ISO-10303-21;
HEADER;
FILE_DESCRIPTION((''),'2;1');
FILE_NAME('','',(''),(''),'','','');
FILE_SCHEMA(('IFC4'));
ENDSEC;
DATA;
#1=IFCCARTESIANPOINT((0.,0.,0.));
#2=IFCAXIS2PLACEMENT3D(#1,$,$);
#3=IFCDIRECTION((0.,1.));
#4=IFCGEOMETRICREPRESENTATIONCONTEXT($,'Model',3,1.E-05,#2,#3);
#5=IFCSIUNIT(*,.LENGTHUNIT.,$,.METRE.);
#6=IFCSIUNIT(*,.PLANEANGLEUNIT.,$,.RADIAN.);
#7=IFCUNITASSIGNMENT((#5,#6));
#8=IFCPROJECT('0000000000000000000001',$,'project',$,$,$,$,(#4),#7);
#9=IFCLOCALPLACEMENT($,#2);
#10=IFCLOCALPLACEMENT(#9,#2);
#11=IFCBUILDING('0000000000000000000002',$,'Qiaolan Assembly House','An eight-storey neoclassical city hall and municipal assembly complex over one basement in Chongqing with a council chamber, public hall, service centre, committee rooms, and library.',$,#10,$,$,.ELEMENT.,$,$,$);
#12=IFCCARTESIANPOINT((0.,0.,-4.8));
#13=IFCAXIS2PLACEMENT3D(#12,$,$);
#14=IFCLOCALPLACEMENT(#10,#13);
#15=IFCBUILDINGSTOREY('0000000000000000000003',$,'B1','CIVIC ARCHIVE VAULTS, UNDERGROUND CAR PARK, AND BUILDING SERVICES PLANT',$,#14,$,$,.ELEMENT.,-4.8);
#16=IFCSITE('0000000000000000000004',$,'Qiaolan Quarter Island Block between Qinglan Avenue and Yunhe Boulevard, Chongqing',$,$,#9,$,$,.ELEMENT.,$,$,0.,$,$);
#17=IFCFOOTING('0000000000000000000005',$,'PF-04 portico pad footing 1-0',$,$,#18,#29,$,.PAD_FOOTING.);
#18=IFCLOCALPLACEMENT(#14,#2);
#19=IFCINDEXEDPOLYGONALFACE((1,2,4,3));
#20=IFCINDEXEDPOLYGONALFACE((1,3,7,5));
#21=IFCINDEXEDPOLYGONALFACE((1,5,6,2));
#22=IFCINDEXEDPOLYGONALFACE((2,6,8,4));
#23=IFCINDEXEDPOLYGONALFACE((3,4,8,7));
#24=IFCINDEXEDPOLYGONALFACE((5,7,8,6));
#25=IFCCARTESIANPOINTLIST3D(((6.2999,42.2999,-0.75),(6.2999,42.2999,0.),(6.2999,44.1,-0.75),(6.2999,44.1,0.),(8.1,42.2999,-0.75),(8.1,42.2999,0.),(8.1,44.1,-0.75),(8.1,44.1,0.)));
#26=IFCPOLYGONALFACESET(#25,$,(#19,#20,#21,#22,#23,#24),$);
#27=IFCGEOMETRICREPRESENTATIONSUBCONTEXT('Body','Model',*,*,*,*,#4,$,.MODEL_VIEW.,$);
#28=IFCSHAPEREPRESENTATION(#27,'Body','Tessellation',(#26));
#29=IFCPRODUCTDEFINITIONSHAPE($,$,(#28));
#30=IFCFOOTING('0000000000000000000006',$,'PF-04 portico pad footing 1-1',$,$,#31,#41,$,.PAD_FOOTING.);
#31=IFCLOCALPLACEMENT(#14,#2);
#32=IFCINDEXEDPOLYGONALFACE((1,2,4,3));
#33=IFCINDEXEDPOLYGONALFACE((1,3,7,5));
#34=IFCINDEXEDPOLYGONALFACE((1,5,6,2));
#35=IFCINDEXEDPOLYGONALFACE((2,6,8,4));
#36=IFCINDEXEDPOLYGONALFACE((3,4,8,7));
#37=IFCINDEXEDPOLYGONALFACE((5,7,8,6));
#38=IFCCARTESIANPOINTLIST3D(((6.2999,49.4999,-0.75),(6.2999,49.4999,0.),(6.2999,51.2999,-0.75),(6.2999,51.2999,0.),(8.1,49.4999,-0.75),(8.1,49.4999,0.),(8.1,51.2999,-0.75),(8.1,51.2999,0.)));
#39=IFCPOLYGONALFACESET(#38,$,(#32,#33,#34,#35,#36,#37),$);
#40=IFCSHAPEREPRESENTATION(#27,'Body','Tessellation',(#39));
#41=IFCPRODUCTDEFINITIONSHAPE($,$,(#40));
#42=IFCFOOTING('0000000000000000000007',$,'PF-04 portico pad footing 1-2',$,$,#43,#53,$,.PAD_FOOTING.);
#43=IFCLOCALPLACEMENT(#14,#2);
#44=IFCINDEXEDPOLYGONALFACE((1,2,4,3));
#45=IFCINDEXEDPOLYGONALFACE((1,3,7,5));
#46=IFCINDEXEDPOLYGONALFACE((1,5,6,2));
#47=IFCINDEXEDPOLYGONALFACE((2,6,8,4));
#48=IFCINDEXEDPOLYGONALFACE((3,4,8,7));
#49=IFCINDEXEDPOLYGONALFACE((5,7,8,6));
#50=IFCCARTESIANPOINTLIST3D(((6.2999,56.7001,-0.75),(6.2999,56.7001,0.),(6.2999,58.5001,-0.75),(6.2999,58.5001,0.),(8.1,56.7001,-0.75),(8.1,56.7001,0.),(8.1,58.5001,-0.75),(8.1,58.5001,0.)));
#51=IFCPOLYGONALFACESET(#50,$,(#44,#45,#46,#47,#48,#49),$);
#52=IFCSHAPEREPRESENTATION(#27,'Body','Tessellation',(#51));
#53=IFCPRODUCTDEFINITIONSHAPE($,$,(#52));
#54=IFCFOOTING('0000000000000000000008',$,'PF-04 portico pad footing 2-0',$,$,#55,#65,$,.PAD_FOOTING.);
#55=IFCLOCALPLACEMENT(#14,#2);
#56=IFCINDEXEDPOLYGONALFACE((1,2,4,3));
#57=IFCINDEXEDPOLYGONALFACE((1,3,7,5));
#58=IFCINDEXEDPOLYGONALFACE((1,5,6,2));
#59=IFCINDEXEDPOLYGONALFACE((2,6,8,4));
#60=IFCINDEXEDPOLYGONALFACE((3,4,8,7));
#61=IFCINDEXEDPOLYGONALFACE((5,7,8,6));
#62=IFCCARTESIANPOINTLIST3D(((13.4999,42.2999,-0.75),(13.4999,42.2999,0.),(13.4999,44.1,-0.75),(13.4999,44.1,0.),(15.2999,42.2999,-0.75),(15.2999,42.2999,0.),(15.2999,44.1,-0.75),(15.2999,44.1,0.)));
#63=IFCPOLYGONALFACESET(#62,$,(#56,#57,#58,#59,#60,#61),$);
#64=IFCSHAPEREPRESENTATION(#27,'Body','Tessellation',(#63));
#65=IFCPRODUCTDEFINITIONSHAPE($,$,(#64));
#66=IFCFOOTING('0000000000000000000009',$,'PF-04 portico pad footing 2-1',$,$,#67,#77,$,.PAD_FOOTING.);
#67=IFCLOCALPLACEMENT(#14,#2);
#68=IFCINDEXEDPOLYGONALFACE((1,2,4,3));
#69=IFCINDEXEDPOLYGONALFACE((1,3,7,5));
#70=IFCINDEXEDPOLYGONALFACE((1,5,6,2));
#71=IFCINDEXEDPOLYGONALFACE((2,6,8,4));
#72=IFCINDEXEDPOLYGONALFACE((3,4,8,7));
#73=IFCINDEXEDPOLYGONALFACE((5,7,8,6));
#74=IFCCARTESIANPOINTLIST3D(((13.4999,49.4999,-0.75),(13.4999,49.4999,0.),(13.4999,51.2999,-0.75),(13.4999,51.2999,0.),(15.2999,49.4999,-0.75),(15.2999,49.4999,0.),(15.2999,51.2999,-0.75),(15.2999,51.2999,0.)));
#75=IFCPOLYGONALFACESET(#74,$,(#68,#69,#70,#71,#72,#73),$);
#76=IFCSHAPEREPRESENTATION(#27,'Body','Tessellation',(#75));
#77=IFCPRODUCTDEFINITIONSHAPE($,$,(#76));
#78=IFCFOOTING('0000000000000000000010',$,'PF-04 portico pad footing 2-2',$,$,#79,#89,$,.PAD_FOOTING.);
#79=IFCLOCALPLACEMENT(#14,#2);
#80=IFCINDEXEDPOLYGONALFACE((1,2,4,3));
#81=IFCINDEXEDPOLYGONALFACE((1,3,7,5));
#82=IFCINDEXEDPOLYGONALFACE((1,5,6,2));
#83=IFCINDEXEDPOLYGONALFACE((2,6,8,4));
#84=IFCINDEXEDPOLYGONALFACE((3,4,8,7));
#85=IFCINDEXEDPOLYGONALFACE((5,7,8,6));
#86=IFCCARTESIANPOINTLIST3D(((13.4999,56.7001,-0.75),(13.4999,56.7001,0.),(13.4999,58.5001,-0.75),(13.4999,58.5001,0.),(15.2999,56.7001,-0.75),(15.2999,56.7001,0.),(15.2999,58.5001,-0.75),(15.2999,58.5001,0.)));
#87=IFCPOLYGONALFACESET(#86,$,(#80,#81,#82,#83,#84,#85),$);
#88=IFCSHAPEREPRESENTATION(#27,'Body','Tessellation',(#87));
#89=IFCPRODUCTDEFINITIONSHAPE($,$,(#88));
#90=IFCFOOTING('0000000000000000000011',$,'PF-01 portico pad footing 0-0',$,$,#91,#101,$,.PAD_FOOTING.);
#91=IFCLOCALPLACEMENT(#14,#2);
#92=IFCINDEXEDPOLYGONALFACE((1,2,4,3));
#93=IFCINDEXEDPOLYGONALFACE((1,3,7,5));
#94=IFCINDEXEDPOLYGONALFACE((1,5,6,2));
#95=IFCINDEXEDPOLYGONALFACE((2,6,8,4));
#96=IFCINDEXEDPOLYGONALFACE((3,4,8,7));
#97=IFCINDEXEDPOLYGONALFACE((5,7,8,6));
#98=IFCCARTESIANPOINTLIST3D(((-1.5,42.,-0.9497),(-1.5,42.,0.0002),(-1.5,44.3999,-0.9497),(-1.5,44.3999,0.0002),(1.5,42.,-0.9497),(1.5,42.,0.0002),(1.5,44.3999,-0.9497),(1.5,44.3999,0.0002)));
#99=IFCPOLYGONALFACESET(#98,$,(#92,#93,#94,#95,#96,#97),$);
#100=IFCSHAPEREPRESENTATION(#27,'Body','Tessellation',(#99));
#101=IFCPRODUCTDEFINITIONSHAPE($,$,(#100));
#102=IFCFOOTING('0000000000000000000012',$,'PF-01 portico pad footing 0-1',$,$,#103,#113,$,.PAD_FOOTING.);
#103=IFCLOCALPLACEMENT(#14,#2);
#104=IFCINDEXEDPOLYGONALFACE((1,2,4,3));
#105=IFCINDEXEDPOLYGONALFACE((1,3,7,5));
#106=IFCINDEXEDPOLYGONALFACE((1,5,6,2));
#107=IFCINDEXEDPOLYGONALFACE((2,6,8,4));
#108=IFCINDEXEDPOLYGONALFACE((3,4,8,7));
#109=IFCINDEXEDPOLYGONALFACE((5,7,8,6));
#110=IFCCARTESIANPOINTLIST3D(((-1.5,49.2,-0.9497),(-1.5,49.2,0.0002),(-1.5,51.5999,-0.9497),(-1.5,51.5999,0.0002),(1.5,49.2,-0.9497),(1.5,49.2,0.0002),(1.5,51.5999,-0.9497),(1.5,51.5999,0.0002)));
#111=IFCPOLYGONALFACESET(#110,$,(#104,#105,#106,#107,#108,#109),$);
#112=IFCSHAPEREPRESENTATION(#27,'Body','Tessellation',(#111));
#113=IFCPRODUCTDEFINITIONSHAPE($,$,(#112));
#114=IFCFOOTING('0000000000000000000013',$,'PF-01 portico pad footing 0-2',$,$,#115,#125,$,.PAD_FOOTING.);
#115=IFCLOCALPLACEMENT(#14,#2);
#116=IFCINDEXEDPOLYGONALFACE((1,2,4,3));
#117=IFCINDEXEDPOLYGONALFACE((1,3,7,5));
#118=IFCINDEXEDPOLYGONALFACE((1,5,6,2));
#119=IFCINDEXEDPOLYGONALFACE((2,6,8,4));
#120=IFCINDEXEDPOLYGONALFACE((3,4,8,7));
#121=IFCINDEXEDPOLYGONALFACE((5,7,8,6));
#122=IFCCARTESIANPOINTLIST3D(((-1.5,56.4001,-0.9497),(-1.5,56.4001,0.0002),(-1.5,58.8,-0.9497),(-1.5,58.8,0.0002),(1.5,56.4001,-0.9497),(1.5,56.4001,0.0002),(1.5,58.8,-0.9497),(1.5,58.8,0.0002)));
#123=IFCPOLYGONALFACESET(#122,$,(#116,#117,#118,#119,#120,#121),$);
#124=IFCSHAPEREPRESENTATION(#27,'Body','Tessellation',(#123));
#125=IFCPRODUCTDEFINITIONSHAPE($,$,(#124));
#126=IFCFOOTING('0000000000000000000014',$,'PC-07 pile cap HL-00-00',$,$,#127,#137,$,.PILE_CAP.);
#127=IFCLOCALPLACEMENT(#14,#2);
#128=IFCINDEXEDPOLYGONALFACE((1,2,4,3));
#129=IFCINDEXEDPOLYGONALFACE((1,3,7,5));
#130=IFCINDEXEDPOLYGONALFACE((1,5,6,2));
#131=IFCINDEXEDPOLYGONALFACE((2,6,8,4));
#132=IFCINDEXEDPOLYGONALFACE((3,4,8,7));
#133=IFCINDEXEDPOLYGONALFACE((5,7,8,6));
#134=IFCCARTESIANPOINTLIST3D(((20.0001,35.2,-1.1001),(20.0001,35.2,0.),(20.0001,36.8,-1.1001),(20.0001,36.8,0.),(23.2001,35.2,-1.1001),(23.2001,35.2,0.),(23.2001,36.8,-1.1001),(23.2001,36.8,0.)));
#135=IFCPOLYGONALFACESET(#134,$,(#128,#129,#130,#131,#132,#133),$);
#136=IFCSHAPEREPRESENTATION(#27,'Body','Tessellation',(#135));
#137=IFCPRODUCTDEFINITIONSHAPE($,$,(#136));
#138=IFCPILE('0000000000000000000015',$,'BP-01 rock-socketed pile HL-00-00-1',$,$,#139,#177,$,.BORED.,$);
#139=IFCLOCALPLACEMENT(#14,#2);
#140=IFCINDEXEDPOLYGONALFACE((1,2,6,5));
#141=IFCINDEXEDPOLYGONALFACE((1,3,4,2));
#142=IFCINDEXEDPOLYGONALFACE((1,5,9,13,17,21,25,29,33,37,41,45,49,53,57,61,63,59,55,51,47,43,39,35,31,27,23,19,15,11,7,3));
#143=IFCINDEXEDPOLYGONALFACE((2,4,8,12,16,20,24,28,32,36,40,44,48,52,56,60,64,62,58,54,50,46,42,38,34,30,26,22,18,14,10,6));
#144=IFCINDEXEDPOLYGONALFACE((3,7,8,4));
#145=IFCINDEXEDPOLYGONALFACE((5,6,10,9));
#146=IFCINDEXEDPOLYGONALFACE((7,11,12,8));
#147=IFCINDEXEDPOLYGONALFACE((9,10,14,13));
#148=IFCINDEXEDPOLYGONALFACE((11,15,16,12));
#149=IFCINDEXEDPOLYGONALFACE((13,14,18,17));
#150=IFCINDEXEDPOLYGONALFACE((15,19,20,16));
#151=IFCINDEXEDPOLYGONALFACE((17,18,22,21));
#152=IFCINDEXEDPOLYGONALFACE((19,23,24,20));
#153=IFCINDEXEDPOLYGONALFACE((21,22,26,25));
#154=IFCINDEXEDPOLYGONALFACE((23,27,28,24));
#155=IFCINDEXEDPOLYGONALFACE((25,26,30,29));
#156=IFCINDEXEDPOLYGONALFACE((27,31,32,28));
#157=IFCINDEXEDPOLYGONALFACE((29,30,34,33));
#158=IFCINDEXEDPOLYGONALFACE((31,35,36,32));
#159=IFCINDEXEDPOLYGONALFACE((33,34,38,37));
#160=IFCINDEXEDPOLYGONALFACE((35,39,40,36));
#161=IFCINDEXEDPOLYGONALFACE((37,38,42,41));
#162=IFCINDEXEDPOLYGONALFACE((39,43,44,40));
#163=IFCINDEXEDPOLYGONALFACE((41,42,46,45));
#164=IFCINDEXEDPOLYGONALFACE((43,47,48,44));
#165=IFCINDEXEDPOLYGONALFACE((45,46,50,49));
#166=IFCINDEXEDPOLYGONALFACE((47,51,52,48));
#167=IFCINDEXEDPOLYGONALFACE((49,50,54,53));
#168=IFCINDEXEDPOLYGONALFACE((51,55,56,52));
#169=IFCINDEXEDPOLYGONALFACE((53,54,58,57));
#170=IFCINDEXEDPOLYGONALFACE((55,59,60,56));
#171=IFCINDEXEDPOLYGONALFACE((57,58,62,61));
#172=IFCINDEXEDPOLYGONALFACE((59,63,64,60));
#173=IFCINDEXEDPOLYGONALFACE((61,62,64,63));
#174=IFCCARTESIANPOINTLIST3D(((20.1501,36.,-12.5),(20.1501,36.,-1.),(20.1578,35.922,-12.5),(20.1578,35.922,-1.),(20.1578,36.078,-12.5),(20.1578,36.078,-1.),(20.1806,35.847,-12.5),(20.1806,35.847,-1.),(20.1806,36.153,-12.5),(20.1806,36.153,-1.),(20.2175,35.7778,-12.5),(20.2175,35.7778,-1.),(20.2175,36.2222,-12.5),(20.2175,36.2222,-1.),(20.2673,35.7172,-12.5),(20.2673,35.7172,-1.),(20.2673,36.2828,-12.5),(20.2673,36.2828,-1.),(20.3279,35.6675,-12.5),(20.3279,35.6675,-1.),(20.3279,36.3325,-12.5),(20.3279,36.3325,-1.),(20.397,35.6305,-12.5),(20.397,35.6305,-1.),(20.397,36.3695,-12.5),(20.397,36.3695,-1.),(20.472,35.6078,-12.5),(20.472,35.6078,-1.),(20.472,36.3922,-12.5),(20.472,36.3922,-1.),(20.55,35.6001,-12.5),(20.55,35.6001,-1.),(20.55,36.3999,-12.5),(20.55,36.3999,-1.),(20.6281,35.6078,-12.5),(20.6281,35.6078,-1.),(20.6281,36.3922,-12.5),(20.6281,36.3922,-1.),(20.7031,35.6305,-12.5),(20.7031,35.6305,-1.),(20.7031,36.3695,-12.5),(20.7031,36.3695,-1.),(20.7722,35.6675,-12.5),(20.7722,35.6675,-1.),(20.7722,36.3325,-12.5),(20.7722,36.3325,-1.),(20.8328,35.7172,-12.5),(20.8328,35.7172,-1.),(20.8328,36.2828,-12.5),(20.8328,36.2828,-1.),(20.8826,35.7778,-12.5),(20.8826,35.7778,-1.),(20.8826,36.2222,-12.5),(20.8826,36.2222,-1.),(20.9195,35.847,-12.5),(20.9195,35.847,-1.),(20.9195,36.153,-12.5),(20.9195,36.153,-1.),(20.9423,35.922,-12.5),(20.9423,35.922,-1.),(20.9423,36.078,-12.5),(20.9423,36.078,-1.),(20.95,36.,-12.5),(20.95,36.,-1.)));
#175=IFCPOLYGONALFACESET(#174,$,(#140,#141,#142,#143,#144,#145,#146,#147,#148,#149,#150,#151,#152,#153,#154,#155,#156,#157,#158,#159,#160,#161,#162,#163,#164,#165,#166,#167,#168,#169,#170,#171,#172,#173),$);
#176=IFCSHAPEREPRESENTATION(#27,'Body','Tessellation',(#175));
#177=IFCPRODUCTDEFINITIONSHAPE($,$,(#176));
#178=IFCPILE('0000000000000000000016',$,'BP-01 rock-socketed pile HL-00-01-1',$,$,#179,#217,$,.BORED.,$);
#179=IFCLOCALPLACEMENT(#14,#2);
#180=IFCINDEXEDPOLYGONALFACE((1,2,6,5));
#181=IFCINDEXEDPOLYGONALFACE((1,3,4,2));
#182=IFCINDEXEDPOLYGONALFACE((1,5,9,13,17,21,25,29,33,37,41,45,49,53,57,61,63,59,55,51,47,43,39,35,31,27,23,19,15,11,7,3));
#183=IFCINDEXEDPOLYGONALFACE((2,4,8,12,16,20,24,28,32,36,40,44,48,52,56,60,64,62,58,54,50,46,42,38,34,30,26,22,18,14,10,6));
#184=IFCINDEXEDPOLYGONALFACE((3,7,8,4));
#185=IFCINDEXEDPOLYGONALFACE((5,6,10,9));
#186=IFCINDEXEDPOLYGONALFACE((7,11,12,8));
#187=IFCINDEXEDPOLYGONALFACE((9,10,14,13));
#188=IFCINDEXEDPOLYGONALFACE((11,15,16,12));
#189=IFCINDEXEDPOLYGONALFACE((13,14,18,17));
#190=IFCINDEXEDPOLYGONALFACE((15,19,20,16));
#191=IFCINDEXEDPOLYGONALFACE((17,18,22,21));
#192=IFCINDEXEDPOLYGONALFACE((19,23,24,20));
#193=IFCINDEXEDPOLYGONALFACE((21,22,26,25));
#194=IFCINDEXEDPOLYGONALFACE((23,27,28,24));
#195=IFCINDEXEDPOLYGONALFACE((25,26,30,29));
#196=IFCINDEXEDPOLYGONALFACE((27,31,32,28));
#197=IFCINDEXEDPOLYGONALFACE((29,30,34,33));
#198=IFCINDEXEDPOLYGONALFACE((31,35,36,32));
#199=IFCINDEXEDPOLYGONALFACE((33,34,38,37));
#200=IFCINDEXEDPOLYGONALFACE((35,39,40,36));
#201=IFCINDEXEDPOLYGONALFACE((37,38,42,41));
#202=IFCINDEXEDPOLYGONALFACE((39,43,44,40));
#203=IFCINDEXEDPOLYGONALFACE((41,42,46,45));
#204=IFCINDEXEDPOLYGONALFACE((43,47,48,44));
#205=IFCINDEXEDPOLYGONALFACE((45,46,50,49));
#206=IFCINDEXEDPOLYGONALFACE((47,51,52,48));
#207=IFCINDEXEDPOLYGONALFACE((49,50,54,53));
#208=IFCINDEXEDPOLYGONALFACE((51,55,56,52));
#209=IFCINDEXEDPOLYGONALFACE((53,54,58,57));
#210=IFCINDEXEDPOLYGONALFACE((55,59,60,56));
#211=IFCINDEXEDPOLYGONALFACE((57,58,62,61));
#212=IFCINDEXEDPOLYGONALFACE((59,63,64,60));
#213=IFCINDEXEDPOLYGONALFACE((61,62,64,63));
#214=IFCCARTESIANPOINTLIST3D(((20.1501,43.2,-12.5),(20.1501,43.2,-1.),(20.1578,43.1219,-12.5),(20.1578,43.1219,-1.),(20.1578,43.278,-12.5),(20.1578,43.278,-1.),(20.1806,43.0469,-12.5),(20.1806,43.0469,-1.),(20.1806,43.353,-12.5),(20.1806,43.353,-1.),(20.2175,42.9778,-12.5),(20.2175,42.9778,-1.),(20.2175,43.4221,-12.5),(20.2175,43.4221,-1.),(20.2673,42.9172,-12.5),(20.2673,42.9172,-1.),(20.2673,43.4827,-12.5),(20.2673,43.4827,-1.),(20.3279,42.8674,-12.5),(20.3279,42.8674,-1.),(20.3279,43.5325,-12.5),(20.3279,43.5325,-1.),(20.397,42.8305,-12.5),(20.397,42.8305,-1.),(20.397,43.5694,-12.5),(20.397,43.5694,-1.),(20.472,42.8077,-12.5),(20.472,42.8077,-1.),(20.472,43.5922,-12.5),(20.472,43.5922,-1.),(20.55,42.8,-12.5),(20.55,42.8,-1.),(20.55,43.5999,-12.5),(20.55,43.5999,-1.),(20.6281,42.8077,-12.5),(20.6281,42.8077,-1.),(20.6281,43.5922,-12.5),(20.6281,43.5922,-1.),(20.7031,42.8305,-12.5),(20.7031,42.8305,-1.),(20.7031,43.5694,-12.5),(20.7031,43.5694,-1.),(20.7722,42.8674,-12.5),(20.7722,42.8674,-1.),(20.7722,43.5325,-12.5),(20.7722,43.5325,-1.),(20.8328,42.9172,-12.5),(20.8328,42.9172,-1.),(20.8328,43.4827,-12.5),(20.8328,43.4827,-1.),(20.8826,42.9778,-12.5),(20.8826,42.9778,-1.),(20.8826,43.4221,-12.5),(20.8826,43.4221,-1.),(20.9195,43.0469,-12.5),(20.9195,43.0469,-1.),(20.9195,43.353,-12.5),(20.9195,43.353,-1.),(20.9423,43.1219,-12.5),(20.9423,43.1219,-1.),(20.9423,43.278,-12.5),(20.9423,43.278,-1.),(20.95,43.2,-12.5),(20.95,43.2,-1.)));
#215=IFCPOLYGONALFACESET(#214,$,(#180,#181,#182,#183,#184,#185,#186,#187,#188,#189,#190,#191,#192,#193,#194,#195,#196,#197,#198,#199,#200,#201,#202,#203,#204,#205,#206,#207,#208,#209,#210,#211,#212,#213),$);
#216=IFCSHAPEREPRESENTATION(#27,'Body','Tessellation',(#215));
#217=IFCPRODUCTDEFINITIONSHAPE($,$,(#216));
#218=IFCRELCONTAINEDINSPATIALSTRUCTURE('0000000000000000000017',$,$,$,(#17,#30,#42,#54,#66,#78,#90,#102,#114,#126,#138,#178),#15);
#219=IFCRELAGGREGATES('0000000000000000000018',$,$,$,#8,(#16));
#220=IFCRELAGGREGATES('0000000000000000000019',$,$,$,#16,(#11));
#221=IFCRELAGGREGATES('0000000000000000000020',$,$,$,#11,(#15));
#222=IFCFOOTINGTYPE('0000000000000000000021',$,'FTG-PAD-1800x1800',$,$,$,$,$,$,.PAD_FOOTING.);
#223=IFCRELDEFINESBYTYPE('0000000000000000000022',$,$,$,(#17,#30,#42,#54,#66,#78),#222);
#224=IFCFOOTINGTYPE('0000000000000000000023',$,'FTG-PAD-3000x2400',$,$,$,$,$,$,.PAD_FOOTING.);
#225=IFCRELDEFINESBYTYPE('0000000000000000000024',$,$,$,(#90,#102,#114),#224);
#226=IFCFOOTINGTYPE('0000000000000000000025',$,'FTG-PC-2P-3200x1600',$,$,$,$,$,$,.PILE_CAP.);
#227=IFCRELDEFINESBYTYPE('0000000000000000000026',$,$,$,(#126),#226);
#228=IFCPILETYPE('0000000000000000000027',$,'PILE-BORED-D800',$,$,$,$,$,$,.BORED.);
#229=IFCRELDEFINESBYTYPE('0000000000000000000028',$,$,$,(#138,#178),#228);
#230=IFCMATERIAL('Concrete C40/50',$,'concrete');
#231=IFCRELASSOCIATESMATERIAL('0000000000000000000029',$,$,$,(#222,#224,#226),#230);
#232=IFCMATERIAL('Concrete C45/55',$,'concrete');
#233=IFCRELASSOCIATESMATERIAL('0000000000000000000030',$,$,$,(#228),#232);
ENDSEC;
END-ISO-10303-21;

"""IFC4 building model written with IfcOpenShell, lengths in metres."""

from ifc_helpers import new_model, si_unit, direction, frame, origin, origin_2d, place, context, subcontext, project, spatial, rectangle, circle, extrude, material, material_profile, profile_set, type_object, element, save


model = new_model("IFC4")

# Units and contexts
model_context = context("Model", 3, precision=1e-05, world=origin(), true_north=direction((0.0, 1.0)))
body_context = subcontext(model_context, "Body", "Model", "MODEL_VIEW")
ifc_project = project(units=[si_unit("LENGTHUNIT", "METRE"), si_unit("PLANEANGLEUNIT", "RADIAN")], contexts=[model_context])

# Site, building, storey
site_placement = place(None, origin())
site = spatial("IfcSite", under=ifc_project, at=site_placement, Name="Qiaolan Quarter Island Block between Qinglan Avenue and Yunhe Boulevard, Chongqing", CompositionType="ELEMENT", RefElevation=0.0)
building_placement = place(site_placement, origin())
building = spatial("IfcBuilding", under=site, at=building_placement, Name="Qiaolan Assembly House", Description="An eight-storey neoclassical city hall and municipal assembly complex over one basement in Chongqing with a council chamber, public hall, service centre, committee rooms, and library.", CompositionType="ELEMENT")
storey_placement = place(building_placement, frame((0.0, 0.0, -4.8)))
storey = spatial("IfcBuildingStorey", under=building, at=storey_placement, Name="B1", Description="CIVIC ARCHIVE VAULTS, UNDERGROUND CAR PARK, AND BUILDING SERVICES PLANT", CompositionType="ELEMENT", Elevation=-4.8)

# Footings
ifc_material_1 = material(Name="Concrete C40/50", Category="concrete")
footing_type_1 = type_object("IfcFootingType", Name="FTG-PAD-1800x1800", PredefinedType="PAD_FOOTING", material=ifc_material_1)
for number, where, z_axis, x_axis, name in (
    (1, (7.2, 43.2, -0.75), (0.0, 0.0, 1.0), (1.0, 0.0, 0.0), "PF-04 portico pad footing 1-0"),
    (2, (7.2, 50.3999, -0.75), (0.0, 0.0, 1.0), (1.0, 0.0, 0.0), "PF-04 portico pad footing 1-1"),
    (3, (7.2, 57.6001, -0.75), (0.0, 0.0, 1.0), (1.0, 0.0, 0.0), "PF-04 portico pad footing 1-2"),
    (4, (14.3999, 43.2, -0.75), (0.0, 0.0, 1.0), (1.0, 0.0, 0.0), "PF-04 portico pad footing 2-0"),
    (5, (14.3999, 50.3999, -0.75), (0.0, 0.0, 1.0), (1.0, 0.0, 0.0), "PF-04 portico pad footing 2-1"),
    (6, (14.3999, 57.6001, -0.75), (0.0, 0.0, 1.0), (1.0, 0.0, 0.0), "PF-04 portico pad footing 2-2"),
):
    element("IfcFooting", number, at=place(storey_placement, frame(where, z_axis=z_axis, x_axis=x_axis)), inside=storey, type_object=footing_type_1, Name=name, PredefinedType="PAD_FOOTING", context=body_context, shape_type="SweptSolid", body=[
        extrude(rectangle(XDim=1.8, YDim=1.8, at=origin_2d()), origin(), (0.0, 0.0, 1.0), 0.75),
    ])
footing_type_2 = type_object("IfcFootingType", Name="FTG-PAD-3000x2400", PredefinedType="PAD_FOOTING", material=ifc_material_1)
for number, where, z_axis, x_axis, name in (
    (7, (0.0, 43.2, -0.9497), (0.0, 0.0, 1.0), (1.0, 0.0, 0.0), "PF-01 portico pad footing 0-0"),
    (8, (0.0, 50.3999, -0.9497), (0.0, 0.0, 1.0), (1.0, 0.0, 0.0), "PF-01 portico pad footing 0-1"),
    (9, (0.0, 57.6001, -0.9497), (0.0, 0.0, 1.0), (1.0, 0.0, 0.0), "PF-01 portico pad footing 0-2"),
):
    element("IfcFooting", number, at=place(storey_placement, frame(where, z_axis=z_axis, x_axis=x_axis)), inside=storey, type_object=footing_type_2, Name=name, PredefinedType="PAD_FOOTING", context=body_context, shape_type="SweptSolid", body=[
        extrude(rectangle(XDim=3.0, YDim=2.3999, at=origin_2d()), origin(), (0.0, 0.0, 1.0), 0.95),
    ])
footing_type_3 = type_object("IfcFootingType", Name="FTG-PC-2P-3200x1600", PredefinedType="PILE_CAP", material=ifc_material_1)
footing_placement = place(storey_placement, frame((21.6001, 36.0, -1.1001), z_axis=(0.0, 0.0, 1.0), x_axis=(1.0, 0.0, 0.0)))
element("IfcFooting", 10, at=footing_placement, inside=storey, type_object=footing_type_3, Name="PC-07 pile cap HL-00-00", PredefinedType="PILE_CAP", context=body_context, shape_type="SweptSolid", body=[
    extrude(rectangle(XDim=3.2, YDim=1.6001, at=origin_2d()), origin(), (0.0, 0.0, 1.0), 1.1001),
])

# Piles
ifc_material_2 = material(Name="Concrete C45/55", Category="concrete")
ifc_material_profile_1 = material_profile(ifc_material_2, circle(Radius=0.3999, at=origin_2d()), Name="PILE D800")
ifc_profile_set_1 = profile_set([ifc_material_profile_1], Name="Concrete C45/55")
pile_type = type_object("IfcPileType", Name="PILE-BORED-D800", PredefinedType="BORED", material=ifc_profile_set_1)
for number, where, z_axis, x_axis, name in (
    (11, (20.55, 36.0, -1.0), (0.0, 0.0, -1.0), (1.0, 0.0, 0.0), "BP-01 rock-socketed pile HL-00-00-1"),
    (12, (20.55, 43.2, -1.0), (0.0, 0.0, -1.0), (1.0, 0.0, 0.0), "BP-01 rock-socketed pile HL-00-01-1"),
):
    element("IfcPile", number, at=place(storey_placement, frame(where, z_axis=z_axis, x_axis=x_axis)), inside=storey, type_object=pile_type, Name=name, PredefinedType="BORED", context=body_context, shape_type="SweptSolid", body=[
        extrude(circle(Radius=0.3999, at=origin_2d()), origin(), (0.0, 0.0, 1.0), 11.5),
    ])

save(model, "model.ifc")
